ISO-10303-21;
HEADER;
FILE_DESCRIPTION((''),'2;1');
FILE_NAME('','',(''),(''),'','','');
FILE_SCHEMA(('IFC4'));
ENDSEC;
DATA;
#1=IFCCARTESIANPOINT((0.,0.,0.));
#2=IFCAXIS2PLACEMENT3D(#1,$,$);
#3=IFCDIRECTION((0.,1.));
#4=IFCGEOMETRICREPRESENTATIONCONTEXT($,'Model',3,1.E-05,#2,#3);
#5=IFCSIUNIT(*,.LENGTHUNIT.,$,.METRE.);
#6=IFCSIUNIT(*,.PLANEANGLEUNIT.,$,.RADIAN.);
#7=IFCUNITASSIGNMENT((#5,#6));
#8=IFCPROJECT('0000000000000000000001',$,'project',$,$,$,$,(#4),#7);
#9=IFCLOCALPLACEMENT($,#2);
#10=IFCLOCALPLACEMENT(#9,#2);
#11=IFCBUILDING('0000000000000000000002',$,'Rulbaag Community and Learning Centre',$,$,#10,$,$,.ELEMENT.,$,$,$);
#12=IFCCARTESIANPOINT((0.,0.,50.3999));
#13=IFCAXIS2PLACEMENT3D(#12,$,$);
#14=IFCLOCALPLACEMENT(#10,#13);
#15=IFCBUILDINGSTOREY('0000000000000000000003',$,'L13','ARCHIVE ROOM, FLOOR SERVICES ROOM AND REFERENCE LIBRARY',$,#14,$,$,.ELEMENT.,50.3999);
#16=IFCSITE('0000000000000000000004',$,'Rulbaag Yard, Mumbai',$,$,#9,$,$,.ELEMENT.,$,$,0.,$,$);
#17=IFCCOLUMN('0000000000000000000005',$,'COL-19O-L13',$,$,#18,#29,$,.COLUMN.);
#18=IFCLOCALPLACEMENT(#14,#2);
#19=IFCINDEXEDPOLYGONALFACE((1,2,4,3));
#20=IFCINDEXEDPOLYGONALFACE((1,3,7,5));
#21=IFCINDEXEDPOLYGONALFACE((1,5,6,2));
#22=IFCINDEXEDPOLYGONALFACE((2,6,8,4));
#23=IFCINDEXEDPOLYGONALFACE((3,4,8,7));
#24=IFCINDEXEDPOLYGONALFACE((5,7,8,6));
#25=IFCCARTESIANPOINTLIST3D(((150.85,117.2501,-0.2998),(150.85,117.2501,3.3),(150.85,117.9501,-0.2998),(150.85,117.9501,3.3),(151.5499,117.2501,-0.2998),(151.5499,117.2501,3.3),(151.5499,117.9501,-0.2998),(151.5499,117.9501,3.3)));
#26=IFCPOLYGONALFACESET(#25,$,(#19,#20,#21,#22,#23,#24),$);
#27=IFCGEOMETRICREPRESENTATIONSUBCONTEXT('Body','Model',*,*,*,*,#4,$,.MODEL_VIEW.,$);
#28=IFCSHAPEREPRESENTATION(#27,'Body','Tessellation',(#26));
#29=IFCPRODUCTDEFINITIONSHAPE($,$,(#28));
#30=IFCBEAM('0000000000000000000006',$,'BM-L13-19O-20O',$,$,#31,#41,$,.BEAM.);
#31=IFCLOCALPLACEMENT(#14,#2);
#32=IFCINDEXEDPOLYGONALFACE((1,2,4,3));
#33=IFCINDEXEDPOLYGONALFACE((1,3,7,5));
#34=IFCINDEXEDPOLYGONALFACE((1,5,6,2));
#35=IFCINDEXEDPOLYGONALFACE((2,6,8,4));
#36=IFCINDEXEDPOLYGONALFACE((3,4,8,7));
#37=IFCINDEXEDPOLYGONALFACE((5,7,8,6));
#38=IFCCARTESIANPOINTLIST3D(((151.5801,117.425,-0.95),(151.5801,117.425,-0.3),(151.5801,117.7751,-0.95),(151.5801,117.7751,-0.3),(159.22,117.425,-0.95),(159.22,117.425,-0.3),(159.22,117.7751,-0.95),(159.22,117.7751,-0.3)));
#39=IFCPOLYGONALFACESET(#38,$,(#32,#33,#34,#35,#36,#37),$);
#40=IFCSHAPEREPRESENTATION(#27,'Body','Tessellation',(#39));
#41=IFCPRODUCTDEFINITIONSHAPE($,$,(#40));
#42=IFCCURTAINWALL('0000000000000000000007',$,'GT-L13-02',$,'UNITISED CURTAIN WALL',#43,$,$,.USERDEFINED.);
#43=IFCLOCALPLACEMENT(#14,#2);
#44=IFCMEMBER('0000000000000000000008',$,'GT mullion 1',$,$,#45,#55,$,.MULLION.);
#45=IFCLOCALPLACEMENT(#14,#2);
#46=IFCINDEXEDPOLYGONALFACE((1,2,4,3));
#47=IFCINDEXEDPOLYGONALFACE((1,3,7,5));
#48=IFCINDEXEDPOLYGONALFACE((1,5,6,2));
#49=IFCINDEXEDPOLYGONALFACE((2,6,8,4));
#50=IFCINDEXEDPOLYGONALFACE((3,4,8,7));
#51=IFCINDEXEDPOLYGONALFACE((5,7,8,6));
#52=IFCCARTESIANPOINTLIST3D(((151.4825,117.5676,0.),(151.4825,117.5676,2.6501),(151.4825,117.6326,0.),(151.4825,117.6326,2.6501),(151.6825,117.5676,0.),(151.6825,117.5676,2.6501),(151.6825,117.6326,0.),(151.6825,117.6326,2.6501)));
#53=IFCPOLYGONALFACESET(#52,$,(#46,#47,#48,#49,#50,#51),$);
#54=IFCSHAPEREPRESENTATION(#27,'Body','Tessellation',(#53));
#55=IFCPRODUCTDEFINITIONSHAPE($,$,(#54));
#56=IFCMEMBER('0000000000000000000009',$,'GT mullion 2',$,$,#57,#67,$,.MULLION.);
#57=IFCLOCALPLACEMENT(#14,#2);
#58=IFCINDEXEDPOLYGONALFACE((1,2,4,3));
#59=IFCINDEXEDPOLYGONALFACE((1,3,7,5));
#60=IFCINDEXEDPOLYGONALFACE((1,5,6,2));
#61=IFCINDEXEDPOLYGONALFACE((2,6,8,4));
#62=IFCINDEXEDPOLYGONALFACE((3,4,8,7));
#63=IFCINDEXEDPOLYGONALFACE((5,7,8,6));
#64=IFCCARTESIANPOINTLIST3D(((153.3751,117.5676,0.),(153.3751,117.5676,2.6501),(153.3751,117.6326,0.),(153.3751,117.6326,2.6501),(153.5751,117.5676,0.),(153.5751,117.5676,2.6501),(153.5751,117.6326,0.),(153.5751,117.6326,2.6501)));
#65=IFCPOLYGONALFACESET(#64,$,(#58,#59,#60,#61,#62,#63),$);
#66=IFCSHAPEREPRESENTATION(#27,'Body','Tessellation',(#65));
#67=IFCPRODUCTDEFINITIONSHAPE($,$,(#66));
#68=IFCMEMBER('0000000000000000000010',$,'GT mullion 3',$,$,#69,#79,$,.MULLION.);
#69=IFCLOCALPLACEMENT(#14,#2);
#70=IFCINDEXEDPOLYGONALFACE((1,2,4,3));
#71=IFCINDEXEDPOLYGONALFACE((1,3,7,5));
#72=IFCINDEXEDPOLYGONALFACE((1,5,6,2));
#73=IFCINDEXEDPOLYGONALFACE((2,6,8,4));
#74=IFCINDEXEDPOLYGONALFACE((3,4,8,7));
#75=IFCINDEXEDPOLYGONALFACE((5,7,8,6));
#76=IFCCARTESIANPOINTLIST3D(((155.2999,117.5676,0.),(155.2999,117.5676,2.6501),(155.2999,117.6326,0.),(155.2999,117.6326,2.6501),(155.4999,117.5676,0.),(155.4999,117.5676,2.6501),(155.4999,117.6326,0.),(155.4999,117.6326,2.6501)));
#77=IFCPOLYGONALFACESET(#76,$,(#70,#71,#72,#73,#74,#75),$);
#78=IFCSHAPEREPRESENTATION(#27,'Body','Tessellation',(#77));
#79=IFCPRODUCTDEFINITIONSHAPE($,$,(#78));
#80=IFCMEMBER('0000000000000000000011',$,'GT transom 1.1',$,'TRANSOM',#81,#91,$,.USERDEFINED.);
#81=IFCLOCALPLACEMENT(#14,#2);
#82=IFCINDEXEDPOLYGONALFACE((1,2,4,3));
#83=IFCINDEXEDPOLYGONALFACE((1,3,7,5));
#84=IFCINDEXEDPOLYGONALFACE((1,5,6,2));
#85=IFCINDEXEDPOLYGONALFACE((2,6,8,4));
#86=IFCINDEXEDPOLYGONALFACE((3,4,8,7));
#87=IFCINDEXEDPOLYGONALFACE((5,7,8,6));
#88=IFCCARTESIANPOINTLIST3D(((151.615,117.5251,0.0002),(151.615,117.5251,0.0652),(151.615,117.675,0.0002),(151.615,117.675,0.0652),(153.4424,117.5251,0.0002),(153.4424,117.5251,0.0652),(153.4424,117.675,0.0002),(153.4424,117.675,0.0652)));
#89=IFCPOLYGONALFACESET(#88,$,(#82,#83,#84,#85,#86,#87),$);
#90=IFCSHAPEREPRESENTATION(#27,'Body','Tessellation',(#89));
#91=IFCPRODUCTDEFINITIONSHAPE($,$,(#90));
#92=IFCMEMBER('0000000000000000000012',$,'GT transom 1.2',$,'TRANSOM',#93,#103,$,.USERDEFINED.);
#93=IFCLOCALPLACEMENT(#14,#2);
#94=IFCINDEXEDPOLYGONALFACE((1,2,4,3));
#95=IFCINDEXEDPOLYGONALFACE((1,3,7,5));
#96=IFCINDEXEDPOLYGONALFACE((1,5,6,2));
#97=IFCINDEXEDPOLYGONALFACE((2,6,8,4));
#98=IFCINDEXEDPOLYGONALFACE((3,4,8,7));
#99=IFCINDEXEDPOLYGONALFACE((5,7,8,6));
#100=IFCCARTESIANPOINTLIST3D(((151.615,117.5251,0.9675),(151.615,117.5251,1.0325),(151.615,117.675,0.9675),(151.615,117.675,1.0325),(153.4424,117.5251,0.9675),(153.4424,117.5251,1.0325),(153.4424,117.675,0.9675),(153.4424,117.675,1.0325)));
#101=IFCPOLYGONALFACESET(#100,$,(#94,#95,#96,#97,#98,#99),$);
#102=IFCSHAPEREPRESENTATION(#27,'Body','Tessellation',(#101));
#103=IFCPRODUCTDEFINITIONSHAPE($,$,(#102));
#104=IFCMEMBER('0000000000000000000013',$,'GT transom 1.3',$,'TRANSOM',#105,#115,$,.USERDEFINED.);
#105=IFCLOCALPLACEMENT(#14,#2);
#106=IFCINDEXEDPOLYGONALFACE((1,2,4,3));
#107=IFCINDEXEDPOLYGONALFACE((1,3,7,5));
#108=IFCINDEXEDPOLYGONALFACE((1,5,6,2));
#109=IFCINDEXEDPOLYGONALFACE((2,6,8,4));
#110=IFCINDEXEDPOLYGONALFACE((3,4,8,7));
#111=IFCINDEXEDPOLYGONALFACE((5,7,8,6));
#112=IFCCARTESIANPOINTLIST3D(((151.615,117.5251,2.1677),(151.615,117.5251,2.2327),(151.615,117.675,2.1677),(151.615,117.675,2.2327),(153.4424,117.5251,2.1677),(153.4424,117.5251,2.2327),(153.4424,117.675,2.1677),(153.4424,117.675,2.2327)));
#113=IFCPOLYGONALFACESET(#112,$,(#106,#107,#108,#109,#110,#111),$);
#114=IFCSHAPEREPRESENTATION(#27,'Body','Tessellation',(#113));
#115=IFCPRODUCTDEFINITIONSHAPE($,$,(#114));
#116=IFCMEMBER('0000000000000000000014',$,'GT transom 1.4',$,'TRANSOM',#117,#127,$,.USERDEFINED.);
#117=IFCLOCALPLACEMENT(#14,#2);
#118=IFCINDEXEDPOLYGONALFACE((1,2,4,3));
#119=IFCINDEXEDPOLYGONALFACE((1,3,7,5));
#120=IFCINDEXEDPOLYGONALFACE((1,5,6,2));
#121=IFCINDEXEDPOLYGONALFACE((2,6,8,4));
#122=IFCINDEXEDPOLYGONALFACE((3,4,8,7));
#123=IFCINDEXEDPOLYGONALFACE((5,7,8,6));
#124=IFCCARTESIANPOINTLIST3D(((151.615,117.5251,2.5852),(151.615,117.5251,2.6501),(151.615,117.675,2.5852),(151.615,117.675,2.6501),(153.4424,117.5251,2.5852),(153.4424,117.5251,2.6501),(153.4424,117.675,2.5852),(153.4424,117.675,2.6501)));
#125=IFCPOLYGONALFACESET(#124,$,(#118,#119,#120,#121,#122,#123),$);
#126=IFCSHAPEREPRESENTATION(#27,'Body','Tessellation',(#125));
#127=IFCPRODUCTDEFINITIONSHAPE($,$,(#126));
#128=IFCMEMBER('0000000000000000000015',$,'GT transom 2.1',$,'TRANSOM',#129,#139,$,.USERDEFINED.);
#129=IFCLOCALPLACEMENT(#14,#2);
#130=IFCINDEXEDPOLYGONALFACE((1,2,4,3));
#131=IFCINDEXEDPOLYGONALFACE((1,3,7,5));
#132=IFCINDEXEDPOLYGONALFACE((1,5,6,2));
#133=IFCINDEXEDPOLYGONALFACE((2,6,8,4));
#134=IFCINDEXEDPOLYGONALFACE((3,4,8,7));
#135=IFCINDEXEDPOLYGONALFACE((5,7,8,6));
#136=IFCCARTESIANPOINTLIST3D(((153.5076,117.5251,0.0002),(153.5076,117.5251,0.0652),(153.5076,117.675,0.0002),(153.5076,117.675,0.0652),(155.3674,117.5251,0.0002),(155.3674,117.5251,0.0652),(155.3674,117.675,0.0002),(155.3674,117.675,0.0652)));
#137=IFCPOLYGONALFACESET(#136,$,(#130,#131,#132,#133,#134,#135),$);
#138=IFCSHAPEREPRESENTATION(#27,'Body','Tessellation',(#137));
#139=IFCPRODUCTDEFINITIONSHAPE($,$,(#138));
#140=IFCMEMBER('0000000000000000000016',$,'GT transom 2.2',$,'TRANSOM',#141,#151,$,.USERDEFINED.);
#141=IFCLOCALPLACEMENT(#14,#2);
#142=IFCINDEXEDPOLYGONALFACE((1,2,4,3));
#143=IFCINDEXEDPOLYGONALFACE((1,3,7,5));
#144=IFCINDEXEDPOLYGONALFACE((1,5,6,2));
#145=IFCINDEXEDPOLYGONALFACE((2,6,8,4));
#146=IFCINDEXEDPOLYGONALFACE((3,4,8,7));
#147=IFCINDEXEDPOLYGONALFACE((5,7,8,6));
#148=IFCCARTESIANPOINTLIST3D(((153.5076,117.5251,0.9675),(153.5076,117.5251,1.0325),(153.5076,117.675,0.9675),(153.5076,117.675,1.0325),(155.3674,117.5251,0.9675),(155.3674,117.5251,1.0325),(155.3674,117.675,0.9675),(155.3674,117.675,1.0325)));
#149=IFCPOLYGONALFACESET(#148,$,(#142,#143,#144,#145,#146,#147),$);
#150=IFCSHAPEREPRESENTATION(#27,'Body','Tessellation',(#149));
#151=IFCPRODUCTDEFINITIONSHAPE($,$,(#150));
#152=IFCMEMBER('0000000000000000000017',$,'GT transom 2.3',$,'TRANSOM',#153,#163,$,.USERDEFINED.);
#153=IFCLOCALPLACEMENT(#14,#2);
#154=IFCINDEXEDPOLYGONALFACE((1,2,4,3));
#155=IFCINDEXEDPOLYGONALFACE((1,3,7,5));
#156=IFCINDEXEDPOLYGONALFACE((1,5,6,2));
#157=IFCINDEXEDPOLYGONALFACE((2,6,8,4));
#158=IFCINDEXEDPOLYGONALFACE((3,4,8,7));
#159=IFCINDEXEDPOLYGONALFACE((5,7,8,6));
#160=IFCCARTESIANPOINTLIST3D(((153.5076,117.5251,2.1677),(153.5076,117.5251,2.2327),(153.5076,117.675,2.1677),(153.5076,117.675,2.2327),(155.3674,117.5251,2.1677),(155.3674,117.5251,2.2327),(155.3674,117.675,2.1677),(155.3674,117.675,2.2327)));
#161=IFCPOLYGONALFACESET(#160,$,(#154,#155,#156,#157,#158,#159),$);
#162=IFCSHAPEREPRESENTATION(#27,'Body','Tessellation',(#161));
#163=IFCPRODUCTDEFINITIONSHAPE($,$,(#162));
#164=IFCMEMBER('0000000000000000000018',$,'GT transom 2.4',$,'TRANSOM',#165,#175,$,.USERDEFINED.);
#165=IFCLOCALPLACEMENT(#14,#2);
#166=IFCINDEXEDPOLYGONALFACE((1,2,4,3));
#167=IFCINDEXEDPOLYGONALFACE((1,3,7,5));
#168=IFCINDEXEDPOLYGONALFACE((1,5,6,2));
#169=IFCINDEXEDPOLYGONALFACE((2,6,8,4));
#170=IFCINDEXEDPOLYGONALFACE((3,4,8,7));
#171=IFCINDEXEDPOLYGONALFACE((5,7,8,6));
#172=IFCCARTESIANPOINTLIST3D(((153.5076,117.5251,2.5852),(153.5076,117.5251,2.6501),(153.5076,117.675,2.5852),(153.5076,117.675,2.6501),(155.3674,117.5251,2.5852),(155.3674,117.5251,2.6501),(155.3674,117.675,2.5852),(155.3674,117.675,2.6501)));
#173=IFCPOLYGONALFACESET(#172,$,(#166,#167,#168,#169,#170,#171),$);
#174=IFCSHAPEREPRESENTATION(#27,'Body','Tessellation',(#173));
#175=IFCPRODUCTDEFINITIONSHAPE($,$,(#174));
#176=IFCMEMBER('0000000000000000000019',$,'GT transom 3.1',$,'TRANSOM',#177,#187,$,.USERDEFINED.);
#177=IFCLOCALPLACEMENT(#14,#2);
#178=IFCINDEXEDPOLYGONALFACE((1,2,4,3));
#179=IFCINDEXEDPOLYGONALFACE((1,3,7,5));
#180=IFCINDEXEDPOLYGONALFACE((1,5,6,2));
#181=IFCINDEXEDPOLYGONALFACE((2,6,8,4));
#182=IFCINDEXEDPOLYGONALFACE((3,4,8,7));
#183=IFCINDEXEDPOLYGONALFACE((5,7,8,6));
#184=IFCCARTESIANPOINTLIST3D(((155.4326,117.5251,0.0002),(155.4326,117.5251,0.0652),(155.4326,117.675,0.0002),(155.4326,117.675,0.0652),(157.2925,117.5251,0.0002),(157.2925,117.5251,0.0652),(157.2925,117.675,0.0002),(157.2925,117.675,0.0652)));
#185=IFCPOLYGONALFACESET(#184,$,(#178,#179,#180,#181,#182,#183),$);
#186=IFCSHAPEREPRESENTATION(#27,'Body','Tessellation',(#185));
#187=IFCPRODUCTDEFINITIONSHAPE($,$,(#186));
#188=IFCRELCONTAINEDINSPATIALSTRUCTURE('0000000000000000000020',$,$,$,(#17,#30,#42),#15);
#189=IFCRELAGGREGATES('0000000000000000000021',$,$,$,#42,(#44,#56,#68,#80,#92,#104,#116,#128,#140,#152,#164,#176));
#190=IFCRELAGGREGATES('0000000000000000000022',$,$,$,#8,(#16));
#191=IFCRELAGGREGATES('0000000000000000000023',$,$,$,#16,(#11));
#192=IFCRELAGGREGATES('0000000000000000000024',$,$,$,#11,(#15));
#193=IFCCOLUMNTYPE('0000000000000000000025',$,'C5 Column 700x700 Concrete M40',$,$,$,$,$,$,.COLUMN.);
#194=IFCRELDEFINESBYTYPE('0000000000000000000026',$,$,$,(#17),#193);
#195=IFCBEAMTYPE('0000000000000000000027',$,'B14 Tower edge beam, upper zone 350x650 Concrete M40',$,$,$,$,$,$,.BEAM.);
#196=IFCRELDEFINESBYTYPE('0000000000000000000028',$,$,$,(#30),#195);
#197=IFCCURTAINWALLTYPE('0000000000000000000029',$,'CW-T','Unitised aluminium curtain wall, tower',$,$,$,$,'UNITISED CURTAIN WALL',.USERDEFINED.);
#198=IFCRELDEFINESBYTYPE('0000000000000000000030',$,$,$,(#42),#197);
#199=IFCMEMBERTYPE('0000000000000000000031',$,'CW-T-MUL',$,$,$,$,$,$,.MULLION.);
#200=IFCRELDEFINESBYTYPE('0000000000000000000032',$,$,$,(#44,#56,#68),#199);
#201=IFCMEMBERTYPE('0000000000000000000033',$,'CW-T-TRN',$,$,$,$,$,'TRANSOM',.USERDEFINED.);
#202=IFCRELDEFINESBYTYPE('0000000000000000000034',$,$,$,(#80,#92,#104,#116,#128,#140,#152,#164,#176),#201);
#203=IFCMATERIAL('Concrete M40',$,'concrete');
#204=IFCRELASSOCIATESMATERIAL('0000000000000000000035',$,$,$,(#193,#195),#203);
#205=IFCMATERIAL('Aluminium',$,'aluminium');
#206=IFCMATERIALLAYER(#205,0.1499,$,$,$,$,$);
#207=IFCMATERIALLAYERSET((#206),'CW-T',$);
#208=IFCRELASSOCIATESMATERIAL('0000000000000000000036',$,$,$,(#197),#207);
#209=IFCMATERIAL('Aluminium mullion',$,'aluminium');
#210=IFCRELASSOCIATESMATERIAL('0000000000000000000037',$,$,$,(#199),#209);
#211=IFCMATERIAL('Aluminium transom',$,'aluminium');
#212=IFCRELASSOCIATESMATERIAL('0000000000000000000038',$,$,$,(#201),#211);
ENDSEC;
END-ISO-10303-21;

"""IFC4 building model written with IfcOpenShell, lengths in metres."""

from ifc_helpers import new_model, si_unit, direction, frame, origin, origin_2d, place, context, subcontext, project, spatial, rectangle, extrude, material, layer, layer_set, material_profile, profile_set, type_object, element, aggregate, save


model = new_model("IFC4")

# Units and contexts
model_context = context("Model", 3, precision=1e-05, world=origin(), true_north=direction((0.0, 1.0)))
body_context = subcontext(model_context, "Body", "Model", "MODEL_VIEW")
ifc_project = project(units=[si_unit("LENGTHUNIT", "METRE"), si_unit("PLANEANGLEUNIT", "RADIAN")], contexts=[model_context])

# Site, building, storey
site_placement = place(None, origin())
site = spatial("IfcSite", under=ifc_project, at=site_placement, Name="Rulbaag Yard, Mumbai", CompositionType="ELEMENT", RefElevation=0.0)
building_placement = place(site_placement, origin())
building = spatial("IfcBuilding", under=site, at=building_placement, Name="Rulbaag Community and Learning Centre", CompositionType="ELEMENT")
storey_placement = place(building_placement, frame((0.0, 0.0, 50.3999)))
storey = spatial("IfcBuildingStorey", under=building, at=storey_placement, Name="L13", Description="ARCHIVE ROOM, FLOOR SERVICES ROOM AND REFERENCE LIBRARY", CompositionType="ELEMENT", Elevation=50.3999)

# Column
ifc_material_1 = material(Name="Concrete M40", Category="concrete")
ifc_material_profile_1 = material_profile(ifc_material_1, rectangle(XDim=0.7, YDim=0.7, at=origin_2d()), Name="RC700x700")
ifc_profile_set_1 = profile_set([ifc_material_profile_1], Name="Concrete M40")
column_type = type_object("IfcColumnType", Name="C5 Column 700x700 Concrete M40", PredefinedType="COLUMN", material=ifc_profile_set_1)
column_placement = place(storey_placement, frame((151.2, 117.6001, -0.2998), z_axis=(0.0, 0.0, 1.0), x_axis=(1.0, 0.0, 0.0)))
element("IfcColumn", 1, at=column_placement, inside=storey, type_object=column_type, Name="COL-19O-L13", PredefinedType="COLUMN", context=body_context, shape_type="SweptSolid", body=[
    extrude(rectangle(XDim=0.7, YDim=0.7, at=origin_2d()), origin(), (0.0, 0.0, 1.0), 3.5999),
])

# Beam
ifc_material_profile_2 = material_profile(ifc_material_1, rectangle(XDim=0.3501, YDim=0.6499, at=origin_2d()), Name="RB350x650")
ifc_profile_set_2 = profile_set([ifc_material_profile_2], Name="Concrete M40")
beam_type = type_object("IfcBeamType", Name="B14 Tower edge beam, upper zone 350x650 Concrete M40", PredefinedType="BEAM", material=ifc_profile_set_2)
beam_placement = place(storey_placement, frame((151.5801, 117.6001, -0.625), z_axis=(1.0, 0.0, 0.0), x_axis=(0.0, 1.0, 0.0)))
element("IfcBeam", 2, at=beam_placement, inside=storey, type_object=beam_type, Name="BM-L13-19O-20O", PredefinedType="BEAM", context=body_context, shape_type="SweptSolid", body=[
    extrude(rectangle(XDim=0.3501, YDim=0.6499, at=origin_2d()), origin(), (0.0, 0.0, 1.0), 7.6399),
])

# Curtain wall, members
ifc_material_2 = material(Name="Aluminium", Category="aluminium")
ifc_layer_1 = layer(ifc_material_2, 0.1499)
ifc_layer_set_1 = layer_set([ifc_layer_1], Name="CW-T")
curtain_wall_type = type_object("IfcCurtainWallType", Name="CW-T", Description="Unitised aluminium curtain wall, tower", ElementType="UNITISED CURTAIN WALL", PredefinedType="USERDEFINED", material=ifc_layer_set_1)
curtain_wall_placement = place(storey_placement, origin())
curtain_wall = element("IfcCurtainWall", 3, at=curtain_wall_placement, inside=storey, type_object=curtain_wall_type, Name="GT-L13-02", ObjectType="UNITISED CURTAIN WALL", PredefinedType="USERDEFINED")
ifc_material_3 = material(Name="Aluminium mullion", Category="aluminium")
ifc_material_profile_3 = material_profile(ifc_material_3, rectangle(XDim=0.0649, YDim=0.2, at=origin_2d()), Name="AL 65x200")
ifc_profile_set_3 = profile_set([ifc_material_profile_3], Name="Aluminium mullion")
member_type_1 = type_object("IfcMemberType", Name="CW-T-MUL", PredefinedType="MULLION", material=ifc_profile_set_3)
member_1_placement = place(storey_placement, frame((151.5825, 117.6001, 0.0), z_axis=(0.0, 0.0, 1.0), x_axis=(0.0, 1.0, 0.0)))
member_1 = element("IfcMember", 4, at=member_1_placement, type_object=member_type_1, Name="GT mullion 1", PredefinedType="MULLION", context=body_context, shape_type="SweptSolid", body=[
    extrude(rectangle(XDim=0.0649, YDim=0.2, at=origin_2d()), origin(), (0.0, 0.0, 1.0), 2.6501),
])
member_2_placement = place(storey_placement, frame((153.4751, 117.6001, 0.0), z_axis=(0.0, 0.0, 1.0), x_axis=(0.0, 1.0, 0.0)))
member_2 = element("IfcMember", 5, at=member_2_placement, type_object=member_type_1, Name="GT mullion 2", PredefinedType="MULLION", context=body_context, shape_type="SweptSolid", body=[
    extrude(rectangle(XDim=0.0649, YDim=0.2, at=origin_2d()), origin(), (0.0, 0.0, 1.0), 2.6501),
])
member_3_placement = place(storey_placement, frame((155.3999, 117.6001, 0.0), z_axis=(0.0, 0.0, 1.0), x_axis=(0.0, 1.0, 0.0)))
member_3 = element("IfcMember", 6, at=member_3_placement, type_object=member_type_1, Name="GT mullion 3", PredefinedType="MULLION", context=body_context, shape_type="SweptSolid", body=[
    extrude(rectangle(XDim=0.0649, YDim=0.2, at=origin_2d()), origin(), (0.0, 0.0, 1.0), 2.6501),
])
ifc_material_4 = material(Name="Aluminium transom", Category="aluminium")
ifc_material_profile_4 = material_profile(ifc_material_4, rectangle(XDim=0.1499, YDim=0.0649, at=origin_2d()), Name="AL 65x150 T")
ifc_profile_set_4 = profile_set([ifc_material_profile_4], Name="Aluminium transom")
member_type_2 = type_object("IfcMemberType", Name="CW-T-TRN", ElementType="TRANSOM", PredefinedType="USERDEFINED", material=ifc_profile_set_4)
member_4_placement = place(storey_placement, frame((151.615, 117.6001, 0.0327), z_axis=(1.0, 0.0, 0.0), x_axis=(0.0, 1.0, 0.0)))
member_4 = element("IfcMember", 7, at=member_4_placement, type_object=member_type_2, Name="GT transom 1.1", ObjectType="TRANSOM", PredefinedType="USERDEFINED", context=body_context, shape_type="SweptSolid", body=[
    extrude(rectangle(XDim=0.1499, YDim=0.0649, at=origin_2d()), origin(), (0.0, 0.0, 1.0), 1.8274),
])
member_5_placement = place(storey_placement, frame((151.615, 117.6001, 1.0), z_axis=(1.0, 0.0, 0.0), x_axis=(0.0, 1.0, 0.0)))
member_5 = element("IfcMember", 8, at=member_5_placement, type_object=member_type_2, Name="GT transom 1.2", ObjectType="TRANSOM", PredefinedType="USERDEFINED", context=body_context, shape_type="SweptSolid", body=[
    extrude(rectangle(XDim=0.1499, YDim=0.0649, at=origin_2d()), origin(), (0.0, 0.0, 1.0), 1.8274),
])
member_6_placement = place(storey_placement, frame((151.615, 117.6001, 2.2002), z_axis=(1.0, 0.0, 0.0), x_axis=(0.0, 1.0, 0.0)))
member_6 = element("IfcMember", 9, at=member_6_placement, type_object=member_type_2, Name="GT transom 1.3", ObjectType="TRANSOM", PredefinedType="USERDEFINED", context=body_context, shape_type="SweptSolid", body=[
    extrude(rectangle(XDim=0.1499, YDim=0.0649, at=origin_2d()), origin(), (0.0, 0.0, 1.0), 1.8274),
])
member_7_placement = place(storey_placement, frame((151.615, 117.6001, 2.6177), z_axis=(1.0, 0.0, 0.0), x_axis=(0.0, 1.0, 0.0)))
member_7 = element("IfcMember", 10, at=member_7_placement, type_object=member_type_2, Name="GT transom 1.4", ObjectType="TRANSOM", PredefinedType="USERDEFINED", context=body_context, shape_type="SweptSolid", body=[
    extrude(rectangle(XDim=0.1499, YDim=0.0649, at=origin_2d()), origin(), (0.0, 0.0, 1.0), 1.8274),
])
member_8_placement = place(storey_placement, frame((153.5076, 117.6001, 0.0327), z_axis=(1.0, 0.0, 0.0), x_axis=(0.0, 1.0, 0.0)))
member_8 = element("IfcMember", 11, at=member_8_placement, type_object=member_type_2, Name="GT transom 2.1", ObjectType="TRANSOM", PredefinedType="USERDEFINED", context=body_context, shape_type="SweptSolid", body=[
    extrude(rectangle(XDim=0.1499, YDim=0.0649, at=origin_2d()), origin(), (0.0, 0.0, 1.0), 1.8599),
])
member_9_placement = place(storey_placement, frame((153.5076, 117.6001, 1.0), z_axis=(1.0, 0.0, 0.0), x_axis=(0.0, 1.0, 0.0)))
member_9 = element("IfcMember", 12, at=member_9_placement, type_object=member_type_2, Name="GT transom 2.2", ObjectType="TRANSOM", PredefinedType="USERDEFINED", context=body_context, shape_type="SweptSolid", body=[
    extrude(rectangle(XDim=0.1499, YDim=0.0649, at=origin_2d()), origin(), (0.0, 0.0, 1.0), 1.8599),
])
member_10_placement = place(storey_placement, frame((153.5076, 117.6001, 2.2002), z_axis=(1.0, 0.0, 0.0), x_axis=(0.0, 1.0, 0.0)))
member_10 = element("IfcMember", 13, at=member_10_placement, type_object=member_type_2, Name="GT transom 2.3", ObjectType="TRANSOM", PredefinedType="USERDEFINED", context=body_context, shape_type="SweptSolid", body=[
    extrude(rectangle(XDim=0.1499, YDim=0.0649, at=origin_2d()), origin(), (0.0, 0.0, 1.0), 1.8599),
])
member_11_placement = place(storey_placement, frame((153.5076, 117.6001, 2.6177), z_axis=(1.0, 0.0, 0.0), x_axis=(0.0, 1.0, 0.0)))
member_11 = element("IfcMember", 14, at=member_11_placement, type_object=member_type_2, Name="GT transom 2.4", ObjectType="TRANSOM", PredefinedType="USERDEFINED", context=body_context, shape_type="SweptSolid", body=[
    extrude(rectangle(XDim=0.1499, YDim=0.0649, at=origin_2d()), origin(), (0.0, 0.0, 1.0), 1.8599),
])
member_12_placement = place(storey_placement, frame((155.4326, 117.6001, 0.0327), z_axis=(1.0, 0.0, 0.0), x_axis=(0.0, 1.0, 0.0)))
member_12 = element("IfcMember", 15, at=member_12_placement, type_object=member_type_2, Name="GT transom 3.1", ObjectType="TRANSOM", PredefinedType="USERDEFINED", context=body_context, shape_type="SweptSolid", body=[
    extrude(rectangle(XDim=0.1499, YDim=0.0649, at=origin_2d()), origin(), (0.0, 0.0, 1.0), 1.8599),
])
aggregate(curtain_wall, [member_1, member_2, member_3, member_4, member_5, member_6, member_7, member_8, member_9, member_10, member_11, member_12])

save(model, "model.ifc")
